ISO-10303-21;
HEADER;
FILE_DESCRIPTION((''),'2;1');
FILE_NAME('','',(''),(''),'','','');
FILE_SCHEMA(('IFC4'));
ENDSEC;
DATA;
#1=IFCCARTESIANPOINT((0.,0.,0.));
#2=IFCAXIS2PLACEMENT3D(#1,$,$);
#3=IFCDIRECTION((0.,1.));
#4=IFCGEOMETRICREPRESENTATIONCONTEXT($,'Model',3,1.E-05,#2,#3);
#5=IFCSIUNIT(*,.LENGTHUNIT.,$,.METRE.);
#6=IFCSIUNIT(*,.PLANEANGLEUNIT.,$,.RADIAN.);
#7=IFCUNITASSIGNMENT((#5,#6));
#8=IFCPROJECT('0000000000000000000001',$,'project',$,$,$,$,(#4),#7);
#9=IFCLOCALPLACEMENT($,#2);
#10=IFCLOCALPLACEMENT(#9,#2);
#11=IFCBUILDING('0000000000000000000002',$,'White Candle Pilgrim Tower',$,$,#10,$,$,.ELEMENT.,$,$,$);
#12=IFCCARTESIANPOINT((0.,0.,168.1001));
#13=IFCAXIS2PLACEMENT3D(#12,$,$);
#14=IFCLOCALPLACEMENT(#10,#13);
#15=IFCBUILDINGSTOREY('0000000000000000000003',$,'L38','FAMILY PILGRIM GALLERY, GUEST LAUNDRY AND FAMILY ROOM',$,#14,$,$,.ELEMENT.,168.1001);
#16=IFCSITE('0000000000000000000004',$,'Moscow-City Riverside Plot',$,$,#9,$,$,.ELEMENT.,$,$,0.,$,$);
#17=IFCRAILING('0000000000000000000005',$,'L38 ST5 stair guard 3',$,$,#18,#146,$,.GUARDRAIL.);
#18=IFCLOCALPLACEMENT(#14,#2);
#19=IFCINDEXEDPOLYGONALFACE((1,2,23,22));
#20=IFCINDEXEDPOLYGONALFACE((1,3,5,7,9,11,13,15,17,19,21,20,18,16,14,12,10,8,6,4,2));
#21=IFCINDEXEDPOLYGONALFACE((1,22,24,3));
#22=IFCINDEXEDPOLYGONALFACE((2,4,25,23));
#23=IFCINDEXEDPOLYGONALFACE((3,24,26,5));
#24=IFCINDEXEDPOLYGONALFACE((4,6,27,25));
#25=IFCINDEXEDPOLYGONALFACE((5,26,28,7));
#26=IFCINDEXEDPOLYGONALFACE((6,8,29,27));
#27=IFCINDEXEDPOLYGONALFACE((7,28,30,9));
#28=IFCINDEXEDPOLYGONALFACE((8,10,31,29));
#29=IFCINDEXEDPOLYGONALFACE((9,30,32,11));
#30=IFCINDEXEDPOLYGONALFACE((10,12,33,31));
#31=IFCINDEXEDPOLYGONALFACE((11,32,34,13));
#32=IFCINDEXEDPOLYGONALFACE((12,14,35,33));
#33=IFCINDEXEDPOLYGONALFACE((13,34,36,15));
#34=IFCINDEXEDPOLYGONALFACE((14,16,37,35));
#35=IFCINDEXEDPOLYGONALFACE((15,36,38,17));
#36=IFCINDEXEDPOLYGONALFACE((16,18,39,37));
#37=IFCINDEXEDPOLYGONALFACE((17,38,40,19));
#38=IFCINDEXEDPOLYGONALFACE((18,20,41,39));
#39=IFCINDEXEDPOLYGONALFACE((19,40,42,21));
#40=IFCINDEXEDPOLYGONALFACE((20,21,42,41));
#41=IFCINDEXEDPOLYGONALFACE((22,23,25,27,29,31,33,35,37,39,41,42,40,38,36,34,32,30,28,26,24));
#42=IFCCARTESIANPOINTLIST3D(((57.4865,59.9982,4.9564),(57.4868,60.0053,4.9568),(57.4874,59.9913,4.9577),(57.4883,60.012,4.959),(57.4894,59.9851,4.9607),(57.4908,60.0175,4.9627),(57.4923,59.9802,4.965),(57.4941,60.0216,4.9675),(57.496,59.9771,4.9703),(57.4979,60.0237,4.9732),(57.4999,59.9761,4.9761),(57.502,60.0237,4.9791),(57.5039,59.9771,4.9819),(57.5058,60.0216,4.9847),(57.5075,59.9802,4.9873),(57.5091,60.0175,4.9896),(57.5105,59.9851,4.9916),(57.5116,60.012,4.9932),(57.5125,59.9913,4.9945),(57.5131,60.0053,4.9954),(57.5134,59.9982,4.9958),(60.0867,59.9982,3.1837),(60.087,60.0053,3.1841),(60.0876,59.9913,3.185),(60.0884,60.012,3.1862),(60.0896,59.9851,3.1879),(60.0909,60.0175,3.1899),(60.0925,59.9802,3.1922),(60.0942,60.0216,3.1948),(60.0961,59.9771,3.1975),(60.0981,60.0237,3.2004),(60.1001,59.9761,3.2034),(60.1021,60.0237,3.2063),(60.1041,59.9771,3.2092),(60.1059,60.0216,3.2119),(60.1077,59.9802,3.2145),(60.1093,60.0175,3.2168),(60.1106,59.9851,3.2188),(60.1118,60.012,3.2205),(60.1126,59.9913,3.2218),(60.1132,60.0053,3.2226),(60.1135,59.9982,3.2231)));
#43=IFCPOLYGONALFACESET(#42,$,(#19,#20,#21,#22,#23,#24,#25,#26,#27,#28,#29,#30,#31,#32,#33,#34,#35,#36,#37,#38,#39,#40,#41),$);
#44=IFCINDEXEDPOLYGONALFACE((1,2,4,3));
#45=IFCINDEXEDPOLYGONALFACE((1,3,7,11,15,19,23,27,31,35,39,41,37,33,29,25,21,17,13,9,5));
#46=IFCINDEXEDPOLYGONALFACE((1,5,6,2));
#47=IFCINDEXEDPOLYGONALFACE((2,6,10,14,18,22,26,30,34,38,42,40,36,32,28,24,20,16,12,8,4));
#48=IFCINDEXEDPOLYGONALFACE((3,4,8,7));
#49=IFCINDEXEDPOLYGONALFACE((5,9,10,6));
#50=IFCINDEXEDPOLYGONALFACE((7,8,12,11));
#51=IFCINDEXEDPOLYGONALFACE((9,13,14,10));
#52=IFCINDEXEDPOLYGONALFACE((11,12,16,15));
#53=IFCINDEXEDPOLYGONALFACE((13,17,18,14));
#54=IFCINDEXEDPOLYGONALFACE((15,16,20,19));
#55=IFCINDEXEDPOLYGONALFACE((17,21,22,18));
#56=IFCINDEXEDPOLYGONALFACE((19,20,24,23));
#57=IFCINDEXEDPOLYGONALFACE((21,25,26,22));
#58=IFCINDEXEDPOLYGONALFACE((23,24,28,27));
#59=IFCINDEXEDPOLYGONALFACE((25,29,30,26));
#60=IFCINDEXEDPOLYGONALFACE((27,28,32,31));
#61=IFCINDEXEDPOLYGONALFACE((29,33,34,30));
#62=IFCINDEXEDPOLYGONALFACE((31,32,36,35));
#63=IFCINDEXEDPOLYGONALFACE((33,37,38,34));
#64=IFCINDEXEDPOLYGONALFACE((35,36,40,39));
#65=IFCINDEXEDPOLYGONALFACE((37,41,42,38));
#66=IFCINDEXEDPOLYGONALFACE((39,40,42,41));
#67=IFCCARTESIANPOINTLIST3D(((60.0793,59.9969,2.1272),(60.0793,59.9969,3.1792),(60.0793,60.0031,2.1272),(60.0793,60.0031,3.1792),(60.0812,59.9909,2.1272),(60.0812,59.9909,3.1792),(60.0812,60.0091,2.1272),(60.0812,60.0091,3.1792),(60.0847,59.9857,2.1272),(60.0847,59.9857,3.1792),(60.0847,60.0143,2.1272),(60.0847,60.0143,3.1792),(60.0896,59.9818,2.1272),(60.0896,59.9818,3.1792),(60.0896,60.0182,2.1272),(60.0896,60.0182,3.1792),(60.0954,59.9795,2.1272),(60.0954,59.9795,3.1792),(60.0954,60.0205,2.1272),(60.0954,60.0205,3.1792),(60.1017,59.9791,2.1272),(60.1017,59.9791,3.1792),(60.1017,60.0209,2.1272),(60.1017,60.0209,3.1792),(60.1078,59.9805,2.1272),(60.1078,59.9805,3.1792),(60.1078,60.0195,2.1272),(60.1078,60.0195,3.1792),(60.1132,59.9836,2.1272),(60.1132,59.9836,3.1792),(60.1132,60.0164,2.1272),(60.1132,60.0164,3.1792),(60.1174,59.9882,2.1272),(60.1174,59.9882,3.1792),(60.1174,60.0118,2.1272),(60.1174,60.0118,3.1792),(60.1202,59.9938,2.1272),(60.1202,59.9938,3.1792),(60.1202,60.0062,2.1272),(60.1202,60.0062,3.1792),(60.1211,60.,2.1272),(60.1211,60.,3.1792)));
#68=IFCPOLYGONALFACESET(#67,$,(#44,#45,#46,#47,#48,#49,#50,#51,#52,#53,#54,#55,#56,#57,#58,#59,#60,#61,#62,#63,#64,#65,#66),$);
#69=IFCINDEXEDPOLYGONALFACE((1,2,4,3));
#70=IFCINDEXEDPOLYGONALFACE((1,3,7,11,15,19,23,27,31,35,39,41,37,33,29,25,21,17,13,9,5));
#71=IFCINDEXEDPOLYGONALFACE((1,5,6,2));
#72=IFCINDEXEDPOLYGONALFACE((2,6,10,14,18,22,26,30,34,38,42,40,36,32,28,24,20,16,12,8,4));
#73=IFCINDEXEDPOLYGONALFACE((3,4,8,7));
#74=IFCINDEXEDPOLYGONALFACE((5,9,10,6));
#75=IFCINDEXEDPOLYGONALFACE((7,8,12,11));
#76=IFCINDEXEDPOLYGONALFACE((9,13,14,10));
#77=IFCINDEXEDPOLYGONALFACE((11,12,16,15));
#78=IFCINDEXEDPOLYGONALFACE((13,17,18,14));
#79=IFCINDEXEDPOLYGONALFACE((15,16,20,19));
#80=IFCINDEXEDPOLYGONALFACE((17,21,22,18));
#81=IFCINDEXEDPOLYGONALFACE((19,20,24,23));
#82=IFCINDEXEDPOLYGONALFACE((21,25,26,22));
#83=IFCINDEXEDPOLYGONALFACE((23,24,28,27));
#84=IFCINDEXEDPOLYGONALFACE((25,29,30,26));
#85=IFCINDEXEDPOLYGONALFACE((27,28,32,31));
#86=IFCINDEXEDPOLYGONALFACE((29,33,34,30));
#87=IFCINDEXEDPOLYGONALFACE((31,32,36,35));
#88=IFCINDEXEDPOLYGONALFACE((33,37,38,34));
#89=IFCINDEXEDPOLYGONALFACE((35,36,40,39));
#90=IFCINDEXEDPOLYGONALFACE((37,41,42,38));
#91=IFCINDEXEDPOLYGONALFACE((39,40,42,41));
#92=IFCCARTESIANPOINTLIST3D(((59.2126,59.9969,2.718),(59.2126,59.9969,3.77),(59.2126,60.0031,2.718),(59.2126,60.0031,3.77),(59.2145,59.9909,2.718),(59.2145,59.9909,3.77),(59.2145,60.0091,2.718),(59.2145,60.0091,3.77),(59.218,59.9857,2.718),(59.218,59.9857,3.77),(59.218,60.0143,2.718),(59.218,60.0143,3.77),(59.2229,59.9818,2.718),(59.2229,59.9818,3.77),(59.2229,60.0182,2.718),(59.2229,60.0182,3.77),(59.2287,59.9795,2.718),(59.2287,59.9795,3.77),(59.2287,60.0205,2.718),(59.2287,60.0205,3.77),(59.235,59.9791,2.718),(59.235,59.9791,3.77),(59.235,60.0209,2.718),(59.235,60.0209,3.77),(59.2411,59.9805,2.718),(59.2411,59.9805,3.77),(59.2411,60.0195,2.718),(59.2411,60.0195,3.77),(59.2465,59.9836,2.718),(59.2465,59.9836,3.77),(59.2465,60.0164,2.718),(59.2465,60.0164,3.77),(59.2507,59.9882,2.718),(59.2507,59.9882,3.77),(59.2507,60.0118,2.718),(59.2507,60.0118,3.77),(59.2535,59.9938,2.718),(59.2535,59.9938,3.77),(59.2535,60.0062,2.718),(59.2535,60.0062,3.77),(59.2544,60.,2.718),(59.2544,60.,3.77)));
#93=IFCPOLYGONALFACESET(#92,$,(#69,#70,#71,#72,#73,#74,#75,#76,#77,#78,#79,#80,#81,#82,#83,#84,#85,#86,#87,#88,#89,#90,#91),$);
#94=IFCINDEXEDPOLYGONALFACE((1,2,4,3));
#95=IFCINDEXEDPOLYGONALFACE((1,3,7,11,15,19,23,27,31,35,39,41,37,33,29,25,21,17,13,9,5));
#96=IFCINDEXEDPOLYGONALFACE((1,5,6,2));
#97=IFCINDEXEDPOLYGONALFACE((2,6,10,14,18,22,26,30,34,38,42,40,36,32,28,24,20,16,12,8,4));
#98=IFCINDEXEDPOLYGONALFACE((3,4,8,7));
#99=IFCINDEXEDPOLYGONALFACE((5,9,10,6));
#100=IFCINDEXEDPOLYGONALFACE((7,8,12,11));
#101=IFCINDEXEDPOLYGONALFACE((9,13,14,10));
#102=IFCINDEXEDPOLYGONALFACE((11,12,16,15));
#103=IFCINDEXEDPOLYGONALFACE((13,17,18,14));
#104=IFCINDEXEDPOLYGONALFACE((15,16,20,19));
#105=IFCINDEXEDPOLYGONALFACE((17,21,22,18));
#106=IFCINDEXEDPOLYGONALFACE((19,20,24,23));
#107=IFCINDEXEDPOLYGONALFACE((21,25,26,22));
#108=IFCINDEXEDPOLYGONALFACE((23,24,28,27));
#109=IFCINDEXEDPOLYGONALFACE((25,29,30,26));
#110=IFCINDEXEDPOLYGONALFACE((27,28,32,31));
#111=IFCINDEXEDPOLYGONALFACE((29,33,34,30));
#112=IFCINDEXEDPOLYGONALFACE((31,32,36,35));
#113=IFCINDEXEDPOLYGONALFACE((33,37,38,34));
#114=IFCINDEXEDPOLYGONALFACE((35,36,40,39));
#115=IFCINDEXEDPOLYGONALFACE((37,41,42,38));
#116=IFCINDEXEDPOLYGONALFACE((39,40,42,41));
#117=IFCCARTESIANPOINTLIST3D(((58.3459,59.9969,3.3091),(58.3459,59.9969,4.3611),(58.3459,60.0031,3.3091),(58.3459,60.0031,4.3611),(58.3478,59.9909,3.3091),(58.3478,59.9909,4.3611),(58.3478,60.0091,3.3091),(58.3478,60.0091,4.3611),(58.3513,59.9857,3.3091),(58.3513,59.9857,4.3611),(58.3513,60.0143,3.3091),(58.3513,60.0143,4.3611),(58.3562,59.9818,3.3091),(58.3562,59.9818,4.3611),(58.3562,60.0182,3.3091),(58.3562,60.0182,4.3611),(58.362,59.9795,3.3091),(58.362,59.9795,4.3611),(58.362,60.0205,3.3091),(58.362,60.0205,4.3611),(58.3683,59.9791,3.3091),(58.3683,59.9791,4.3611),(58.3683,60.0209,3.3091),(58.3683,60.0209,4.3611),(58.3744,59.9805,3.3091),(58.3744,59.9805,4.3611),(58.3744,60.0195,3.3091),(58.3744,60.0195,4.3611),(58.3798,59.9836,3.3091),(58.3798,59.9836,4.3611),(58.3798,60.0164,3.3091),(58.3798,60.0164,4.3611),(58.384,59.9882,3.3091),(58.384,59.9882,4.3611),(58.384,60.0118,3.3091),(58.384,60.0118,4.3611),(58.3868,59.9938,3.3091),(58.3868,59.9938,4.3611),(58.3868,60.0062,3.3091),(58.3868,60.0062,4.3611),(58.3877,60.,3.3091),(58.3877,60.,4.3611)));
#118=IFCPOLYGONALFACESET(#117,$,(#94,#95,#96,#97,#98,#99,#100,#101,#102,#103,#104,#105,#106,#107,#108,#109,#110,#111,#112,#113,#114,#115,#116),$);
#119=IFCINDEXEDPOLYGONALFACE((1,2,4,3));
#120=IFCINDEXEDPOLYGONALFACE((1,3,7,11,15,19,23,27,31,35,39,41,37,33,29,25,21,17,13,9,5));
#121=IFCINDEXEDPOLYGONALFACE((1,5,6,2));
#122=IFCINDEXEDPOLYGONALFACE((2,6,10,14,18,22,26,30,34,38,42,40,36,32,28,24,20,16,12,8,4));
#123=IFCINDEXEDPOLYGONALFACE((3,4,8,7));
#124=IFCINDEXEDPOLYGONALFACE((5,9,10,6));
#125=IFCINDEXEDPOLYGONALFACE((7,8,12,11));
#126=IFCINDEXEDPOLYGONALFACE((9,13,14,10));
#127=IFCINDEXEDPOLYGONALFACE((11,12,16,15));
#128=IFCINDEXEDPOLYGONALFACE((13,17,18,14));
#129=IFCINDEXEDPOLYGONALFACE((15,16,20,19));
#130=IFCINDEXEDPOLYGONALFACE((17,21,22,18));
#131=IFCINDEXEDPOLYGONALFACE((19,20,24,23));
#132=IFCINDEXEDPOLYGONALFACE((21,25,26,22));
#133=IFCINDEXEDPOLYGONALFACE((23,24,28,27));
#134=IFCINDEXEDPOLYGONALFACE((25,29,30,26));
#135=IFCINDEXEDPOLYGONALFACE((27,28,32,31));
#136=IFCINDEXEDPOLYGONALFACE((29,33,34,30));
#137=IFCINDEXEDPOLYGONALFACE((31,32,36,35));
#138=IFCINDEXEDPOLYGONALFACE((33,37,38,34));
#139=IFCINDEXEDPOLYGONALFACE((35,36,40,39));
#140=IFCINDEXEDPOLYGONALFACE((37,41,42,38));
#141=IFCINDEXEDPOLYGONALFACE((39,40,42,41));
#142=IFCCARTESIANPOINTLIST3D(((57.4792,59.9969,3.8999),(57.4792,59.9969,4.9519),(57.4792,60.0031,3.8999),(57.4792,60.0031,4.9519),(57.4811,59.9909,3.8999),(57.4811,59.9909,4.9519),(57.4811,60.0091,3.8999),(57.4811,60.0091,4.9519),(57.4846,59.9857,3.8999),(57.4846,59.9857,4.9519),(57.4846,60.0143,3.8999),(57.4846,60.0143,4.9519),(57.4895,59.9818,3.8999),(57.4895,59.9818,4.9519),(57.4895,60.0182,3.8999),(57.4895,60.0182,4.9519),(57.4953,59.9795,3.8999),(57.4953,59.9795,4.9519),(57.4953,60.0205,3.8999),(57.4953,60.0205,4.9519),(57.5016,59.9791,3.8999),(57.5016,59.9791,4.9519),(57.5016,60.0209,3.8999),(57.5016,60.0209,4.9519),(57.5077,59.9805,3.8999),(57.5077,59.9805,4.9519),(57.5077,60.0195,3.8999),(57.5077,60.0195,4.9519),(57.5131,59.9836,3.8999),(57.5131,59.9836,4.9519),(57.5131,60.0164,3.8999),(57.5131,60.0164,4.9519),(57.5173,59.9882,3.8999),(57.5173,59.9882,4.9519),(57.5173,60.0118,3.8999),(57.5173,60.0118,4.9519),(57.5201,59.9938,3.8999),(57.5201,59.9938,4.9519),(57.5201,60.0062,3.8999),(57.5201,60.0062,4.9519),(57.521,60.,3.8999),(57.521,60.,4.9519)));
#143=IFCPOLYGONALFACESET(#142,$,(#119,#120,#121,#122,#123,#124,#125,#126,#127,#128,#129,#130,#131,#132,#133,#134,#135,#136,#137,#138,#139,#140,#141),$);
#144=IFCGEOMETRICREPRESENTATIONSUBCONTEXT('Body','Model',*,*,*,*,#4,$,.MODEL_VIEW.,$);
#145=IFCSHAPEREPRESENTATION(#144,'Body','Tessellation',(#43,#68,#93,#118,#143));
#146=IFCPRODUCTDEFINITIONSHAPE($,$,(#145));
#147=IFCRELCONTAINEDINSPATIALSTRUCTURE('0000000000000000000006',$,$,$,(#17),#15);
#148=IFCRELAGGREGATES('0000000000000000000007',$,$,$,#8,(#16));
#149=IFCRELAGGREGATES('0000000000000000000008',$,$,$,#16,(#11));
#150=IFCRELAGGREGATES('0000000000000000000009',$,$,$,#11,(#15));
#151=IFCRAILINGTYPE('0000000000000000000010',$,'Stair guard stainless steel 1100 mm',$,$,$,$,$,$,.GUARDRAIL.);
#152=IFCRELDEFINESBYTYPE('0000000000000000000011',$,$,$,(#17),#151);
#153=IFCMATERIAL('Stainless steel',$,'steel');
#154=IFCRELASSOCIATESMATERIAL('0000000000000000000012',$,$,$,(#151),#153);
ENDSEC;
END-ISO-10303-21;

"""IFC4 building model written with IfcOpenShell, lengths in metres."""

from ifc_helpers import new_model, si_unit, direction, frame, origin, origin_2d, place, context, subcontext, project, spatial, circle, extrude, material, type_object, element, save


model = new_model("IFC4")

# Units and contexts
model_context = context("Model", 3, precision=1e-05, world=origin(), true_north=direction((0.0, 1.0)))
body_context = subcontext(model_context, "Body", "Model", "MODEL_VIEW")
ifc_project = project(units=[si_unit("LENGTHUNIT", "METRE"), si_unit("PLANEANGLEUNIT", "RADIAN")], contexts=[model_context])

# Site, building, storey
site_placement = place(None, origin())
site = spatial("IfcSite", under=ifc_project, at=site_placement, Name="Moscow-City Riverside Plot", CompositionType="ELEMENT", RefElevation=0.0)
building_placement = place(site_placement, origin())
building = spatial("IfcBuilding", under=site, at=building_placement, Name="White Candle Pilgrim Tower", CompositionType="ELEMENT")
storey_placement = place(building_placement, frame((0.0, 0.0, 168.1001)))
storey = spatial("IfcBuildingStorey", under=building, at=storey_placement, Name="L38", Description="FAMILY PILGRIM GALLERY, GUEST LAUNDRY AND FAMILY ROOM", CompositionType="ELEMENT", Elevation=168.1001)

# Railing
ifc_material_1 = material(Name="Stainless steel", Category="steel")
railing_type_1 = type_object("IfcRailingType", Name="Stair guard stainless steel 1100 mm", PredefinedType="GUARDRAIL", material=ifc_material_1)
railing_1_placement = place(storey_placement, frame((60.1001, 60.0, 2.1272)))
element("IfcRailing", 1, at=railing_1_placement, inside=storey, type_object=railing_type_1, Name="L38 ST5 stair guard 3", PredefinedType="GUARDRAIL", context=body_context, shape_type="SweptSolid", body=[
    extrude(circle(Radius=0.0239, at=origin_2d()), frame((0.0, 0.0, 1.0762), z_axis=(-0.82624, 0.0, 0.563318), x_axis=(0.0, -1.0, 0.0)), (0.0, 0.0, 1.0), 3.147),
    extrude(circle(Radius=0.021, at=origin_2d()), origin(), (0.0, 0.0, 1.0), 1.052),
    extrude(circle(Radius=0.021, at=origin_2d()), frame((-0.8667, 0.0, 0.5908)), (0.0, 0.0, 1.0), 1.052),
    extrude(circle(Radius=0.021, at=origin_2d()), frame((-1.7334, 0.0, 1.1819)), (0.0, 0.0, 1.0), 1.052),
    extrude(circle(Radius=0.021, at=origin_2d()), frame((-2.6001, 0.0, 1.7727)), (0.0, 0.0, 1.0), 1.052),
])

save(model, "model.ifc")
